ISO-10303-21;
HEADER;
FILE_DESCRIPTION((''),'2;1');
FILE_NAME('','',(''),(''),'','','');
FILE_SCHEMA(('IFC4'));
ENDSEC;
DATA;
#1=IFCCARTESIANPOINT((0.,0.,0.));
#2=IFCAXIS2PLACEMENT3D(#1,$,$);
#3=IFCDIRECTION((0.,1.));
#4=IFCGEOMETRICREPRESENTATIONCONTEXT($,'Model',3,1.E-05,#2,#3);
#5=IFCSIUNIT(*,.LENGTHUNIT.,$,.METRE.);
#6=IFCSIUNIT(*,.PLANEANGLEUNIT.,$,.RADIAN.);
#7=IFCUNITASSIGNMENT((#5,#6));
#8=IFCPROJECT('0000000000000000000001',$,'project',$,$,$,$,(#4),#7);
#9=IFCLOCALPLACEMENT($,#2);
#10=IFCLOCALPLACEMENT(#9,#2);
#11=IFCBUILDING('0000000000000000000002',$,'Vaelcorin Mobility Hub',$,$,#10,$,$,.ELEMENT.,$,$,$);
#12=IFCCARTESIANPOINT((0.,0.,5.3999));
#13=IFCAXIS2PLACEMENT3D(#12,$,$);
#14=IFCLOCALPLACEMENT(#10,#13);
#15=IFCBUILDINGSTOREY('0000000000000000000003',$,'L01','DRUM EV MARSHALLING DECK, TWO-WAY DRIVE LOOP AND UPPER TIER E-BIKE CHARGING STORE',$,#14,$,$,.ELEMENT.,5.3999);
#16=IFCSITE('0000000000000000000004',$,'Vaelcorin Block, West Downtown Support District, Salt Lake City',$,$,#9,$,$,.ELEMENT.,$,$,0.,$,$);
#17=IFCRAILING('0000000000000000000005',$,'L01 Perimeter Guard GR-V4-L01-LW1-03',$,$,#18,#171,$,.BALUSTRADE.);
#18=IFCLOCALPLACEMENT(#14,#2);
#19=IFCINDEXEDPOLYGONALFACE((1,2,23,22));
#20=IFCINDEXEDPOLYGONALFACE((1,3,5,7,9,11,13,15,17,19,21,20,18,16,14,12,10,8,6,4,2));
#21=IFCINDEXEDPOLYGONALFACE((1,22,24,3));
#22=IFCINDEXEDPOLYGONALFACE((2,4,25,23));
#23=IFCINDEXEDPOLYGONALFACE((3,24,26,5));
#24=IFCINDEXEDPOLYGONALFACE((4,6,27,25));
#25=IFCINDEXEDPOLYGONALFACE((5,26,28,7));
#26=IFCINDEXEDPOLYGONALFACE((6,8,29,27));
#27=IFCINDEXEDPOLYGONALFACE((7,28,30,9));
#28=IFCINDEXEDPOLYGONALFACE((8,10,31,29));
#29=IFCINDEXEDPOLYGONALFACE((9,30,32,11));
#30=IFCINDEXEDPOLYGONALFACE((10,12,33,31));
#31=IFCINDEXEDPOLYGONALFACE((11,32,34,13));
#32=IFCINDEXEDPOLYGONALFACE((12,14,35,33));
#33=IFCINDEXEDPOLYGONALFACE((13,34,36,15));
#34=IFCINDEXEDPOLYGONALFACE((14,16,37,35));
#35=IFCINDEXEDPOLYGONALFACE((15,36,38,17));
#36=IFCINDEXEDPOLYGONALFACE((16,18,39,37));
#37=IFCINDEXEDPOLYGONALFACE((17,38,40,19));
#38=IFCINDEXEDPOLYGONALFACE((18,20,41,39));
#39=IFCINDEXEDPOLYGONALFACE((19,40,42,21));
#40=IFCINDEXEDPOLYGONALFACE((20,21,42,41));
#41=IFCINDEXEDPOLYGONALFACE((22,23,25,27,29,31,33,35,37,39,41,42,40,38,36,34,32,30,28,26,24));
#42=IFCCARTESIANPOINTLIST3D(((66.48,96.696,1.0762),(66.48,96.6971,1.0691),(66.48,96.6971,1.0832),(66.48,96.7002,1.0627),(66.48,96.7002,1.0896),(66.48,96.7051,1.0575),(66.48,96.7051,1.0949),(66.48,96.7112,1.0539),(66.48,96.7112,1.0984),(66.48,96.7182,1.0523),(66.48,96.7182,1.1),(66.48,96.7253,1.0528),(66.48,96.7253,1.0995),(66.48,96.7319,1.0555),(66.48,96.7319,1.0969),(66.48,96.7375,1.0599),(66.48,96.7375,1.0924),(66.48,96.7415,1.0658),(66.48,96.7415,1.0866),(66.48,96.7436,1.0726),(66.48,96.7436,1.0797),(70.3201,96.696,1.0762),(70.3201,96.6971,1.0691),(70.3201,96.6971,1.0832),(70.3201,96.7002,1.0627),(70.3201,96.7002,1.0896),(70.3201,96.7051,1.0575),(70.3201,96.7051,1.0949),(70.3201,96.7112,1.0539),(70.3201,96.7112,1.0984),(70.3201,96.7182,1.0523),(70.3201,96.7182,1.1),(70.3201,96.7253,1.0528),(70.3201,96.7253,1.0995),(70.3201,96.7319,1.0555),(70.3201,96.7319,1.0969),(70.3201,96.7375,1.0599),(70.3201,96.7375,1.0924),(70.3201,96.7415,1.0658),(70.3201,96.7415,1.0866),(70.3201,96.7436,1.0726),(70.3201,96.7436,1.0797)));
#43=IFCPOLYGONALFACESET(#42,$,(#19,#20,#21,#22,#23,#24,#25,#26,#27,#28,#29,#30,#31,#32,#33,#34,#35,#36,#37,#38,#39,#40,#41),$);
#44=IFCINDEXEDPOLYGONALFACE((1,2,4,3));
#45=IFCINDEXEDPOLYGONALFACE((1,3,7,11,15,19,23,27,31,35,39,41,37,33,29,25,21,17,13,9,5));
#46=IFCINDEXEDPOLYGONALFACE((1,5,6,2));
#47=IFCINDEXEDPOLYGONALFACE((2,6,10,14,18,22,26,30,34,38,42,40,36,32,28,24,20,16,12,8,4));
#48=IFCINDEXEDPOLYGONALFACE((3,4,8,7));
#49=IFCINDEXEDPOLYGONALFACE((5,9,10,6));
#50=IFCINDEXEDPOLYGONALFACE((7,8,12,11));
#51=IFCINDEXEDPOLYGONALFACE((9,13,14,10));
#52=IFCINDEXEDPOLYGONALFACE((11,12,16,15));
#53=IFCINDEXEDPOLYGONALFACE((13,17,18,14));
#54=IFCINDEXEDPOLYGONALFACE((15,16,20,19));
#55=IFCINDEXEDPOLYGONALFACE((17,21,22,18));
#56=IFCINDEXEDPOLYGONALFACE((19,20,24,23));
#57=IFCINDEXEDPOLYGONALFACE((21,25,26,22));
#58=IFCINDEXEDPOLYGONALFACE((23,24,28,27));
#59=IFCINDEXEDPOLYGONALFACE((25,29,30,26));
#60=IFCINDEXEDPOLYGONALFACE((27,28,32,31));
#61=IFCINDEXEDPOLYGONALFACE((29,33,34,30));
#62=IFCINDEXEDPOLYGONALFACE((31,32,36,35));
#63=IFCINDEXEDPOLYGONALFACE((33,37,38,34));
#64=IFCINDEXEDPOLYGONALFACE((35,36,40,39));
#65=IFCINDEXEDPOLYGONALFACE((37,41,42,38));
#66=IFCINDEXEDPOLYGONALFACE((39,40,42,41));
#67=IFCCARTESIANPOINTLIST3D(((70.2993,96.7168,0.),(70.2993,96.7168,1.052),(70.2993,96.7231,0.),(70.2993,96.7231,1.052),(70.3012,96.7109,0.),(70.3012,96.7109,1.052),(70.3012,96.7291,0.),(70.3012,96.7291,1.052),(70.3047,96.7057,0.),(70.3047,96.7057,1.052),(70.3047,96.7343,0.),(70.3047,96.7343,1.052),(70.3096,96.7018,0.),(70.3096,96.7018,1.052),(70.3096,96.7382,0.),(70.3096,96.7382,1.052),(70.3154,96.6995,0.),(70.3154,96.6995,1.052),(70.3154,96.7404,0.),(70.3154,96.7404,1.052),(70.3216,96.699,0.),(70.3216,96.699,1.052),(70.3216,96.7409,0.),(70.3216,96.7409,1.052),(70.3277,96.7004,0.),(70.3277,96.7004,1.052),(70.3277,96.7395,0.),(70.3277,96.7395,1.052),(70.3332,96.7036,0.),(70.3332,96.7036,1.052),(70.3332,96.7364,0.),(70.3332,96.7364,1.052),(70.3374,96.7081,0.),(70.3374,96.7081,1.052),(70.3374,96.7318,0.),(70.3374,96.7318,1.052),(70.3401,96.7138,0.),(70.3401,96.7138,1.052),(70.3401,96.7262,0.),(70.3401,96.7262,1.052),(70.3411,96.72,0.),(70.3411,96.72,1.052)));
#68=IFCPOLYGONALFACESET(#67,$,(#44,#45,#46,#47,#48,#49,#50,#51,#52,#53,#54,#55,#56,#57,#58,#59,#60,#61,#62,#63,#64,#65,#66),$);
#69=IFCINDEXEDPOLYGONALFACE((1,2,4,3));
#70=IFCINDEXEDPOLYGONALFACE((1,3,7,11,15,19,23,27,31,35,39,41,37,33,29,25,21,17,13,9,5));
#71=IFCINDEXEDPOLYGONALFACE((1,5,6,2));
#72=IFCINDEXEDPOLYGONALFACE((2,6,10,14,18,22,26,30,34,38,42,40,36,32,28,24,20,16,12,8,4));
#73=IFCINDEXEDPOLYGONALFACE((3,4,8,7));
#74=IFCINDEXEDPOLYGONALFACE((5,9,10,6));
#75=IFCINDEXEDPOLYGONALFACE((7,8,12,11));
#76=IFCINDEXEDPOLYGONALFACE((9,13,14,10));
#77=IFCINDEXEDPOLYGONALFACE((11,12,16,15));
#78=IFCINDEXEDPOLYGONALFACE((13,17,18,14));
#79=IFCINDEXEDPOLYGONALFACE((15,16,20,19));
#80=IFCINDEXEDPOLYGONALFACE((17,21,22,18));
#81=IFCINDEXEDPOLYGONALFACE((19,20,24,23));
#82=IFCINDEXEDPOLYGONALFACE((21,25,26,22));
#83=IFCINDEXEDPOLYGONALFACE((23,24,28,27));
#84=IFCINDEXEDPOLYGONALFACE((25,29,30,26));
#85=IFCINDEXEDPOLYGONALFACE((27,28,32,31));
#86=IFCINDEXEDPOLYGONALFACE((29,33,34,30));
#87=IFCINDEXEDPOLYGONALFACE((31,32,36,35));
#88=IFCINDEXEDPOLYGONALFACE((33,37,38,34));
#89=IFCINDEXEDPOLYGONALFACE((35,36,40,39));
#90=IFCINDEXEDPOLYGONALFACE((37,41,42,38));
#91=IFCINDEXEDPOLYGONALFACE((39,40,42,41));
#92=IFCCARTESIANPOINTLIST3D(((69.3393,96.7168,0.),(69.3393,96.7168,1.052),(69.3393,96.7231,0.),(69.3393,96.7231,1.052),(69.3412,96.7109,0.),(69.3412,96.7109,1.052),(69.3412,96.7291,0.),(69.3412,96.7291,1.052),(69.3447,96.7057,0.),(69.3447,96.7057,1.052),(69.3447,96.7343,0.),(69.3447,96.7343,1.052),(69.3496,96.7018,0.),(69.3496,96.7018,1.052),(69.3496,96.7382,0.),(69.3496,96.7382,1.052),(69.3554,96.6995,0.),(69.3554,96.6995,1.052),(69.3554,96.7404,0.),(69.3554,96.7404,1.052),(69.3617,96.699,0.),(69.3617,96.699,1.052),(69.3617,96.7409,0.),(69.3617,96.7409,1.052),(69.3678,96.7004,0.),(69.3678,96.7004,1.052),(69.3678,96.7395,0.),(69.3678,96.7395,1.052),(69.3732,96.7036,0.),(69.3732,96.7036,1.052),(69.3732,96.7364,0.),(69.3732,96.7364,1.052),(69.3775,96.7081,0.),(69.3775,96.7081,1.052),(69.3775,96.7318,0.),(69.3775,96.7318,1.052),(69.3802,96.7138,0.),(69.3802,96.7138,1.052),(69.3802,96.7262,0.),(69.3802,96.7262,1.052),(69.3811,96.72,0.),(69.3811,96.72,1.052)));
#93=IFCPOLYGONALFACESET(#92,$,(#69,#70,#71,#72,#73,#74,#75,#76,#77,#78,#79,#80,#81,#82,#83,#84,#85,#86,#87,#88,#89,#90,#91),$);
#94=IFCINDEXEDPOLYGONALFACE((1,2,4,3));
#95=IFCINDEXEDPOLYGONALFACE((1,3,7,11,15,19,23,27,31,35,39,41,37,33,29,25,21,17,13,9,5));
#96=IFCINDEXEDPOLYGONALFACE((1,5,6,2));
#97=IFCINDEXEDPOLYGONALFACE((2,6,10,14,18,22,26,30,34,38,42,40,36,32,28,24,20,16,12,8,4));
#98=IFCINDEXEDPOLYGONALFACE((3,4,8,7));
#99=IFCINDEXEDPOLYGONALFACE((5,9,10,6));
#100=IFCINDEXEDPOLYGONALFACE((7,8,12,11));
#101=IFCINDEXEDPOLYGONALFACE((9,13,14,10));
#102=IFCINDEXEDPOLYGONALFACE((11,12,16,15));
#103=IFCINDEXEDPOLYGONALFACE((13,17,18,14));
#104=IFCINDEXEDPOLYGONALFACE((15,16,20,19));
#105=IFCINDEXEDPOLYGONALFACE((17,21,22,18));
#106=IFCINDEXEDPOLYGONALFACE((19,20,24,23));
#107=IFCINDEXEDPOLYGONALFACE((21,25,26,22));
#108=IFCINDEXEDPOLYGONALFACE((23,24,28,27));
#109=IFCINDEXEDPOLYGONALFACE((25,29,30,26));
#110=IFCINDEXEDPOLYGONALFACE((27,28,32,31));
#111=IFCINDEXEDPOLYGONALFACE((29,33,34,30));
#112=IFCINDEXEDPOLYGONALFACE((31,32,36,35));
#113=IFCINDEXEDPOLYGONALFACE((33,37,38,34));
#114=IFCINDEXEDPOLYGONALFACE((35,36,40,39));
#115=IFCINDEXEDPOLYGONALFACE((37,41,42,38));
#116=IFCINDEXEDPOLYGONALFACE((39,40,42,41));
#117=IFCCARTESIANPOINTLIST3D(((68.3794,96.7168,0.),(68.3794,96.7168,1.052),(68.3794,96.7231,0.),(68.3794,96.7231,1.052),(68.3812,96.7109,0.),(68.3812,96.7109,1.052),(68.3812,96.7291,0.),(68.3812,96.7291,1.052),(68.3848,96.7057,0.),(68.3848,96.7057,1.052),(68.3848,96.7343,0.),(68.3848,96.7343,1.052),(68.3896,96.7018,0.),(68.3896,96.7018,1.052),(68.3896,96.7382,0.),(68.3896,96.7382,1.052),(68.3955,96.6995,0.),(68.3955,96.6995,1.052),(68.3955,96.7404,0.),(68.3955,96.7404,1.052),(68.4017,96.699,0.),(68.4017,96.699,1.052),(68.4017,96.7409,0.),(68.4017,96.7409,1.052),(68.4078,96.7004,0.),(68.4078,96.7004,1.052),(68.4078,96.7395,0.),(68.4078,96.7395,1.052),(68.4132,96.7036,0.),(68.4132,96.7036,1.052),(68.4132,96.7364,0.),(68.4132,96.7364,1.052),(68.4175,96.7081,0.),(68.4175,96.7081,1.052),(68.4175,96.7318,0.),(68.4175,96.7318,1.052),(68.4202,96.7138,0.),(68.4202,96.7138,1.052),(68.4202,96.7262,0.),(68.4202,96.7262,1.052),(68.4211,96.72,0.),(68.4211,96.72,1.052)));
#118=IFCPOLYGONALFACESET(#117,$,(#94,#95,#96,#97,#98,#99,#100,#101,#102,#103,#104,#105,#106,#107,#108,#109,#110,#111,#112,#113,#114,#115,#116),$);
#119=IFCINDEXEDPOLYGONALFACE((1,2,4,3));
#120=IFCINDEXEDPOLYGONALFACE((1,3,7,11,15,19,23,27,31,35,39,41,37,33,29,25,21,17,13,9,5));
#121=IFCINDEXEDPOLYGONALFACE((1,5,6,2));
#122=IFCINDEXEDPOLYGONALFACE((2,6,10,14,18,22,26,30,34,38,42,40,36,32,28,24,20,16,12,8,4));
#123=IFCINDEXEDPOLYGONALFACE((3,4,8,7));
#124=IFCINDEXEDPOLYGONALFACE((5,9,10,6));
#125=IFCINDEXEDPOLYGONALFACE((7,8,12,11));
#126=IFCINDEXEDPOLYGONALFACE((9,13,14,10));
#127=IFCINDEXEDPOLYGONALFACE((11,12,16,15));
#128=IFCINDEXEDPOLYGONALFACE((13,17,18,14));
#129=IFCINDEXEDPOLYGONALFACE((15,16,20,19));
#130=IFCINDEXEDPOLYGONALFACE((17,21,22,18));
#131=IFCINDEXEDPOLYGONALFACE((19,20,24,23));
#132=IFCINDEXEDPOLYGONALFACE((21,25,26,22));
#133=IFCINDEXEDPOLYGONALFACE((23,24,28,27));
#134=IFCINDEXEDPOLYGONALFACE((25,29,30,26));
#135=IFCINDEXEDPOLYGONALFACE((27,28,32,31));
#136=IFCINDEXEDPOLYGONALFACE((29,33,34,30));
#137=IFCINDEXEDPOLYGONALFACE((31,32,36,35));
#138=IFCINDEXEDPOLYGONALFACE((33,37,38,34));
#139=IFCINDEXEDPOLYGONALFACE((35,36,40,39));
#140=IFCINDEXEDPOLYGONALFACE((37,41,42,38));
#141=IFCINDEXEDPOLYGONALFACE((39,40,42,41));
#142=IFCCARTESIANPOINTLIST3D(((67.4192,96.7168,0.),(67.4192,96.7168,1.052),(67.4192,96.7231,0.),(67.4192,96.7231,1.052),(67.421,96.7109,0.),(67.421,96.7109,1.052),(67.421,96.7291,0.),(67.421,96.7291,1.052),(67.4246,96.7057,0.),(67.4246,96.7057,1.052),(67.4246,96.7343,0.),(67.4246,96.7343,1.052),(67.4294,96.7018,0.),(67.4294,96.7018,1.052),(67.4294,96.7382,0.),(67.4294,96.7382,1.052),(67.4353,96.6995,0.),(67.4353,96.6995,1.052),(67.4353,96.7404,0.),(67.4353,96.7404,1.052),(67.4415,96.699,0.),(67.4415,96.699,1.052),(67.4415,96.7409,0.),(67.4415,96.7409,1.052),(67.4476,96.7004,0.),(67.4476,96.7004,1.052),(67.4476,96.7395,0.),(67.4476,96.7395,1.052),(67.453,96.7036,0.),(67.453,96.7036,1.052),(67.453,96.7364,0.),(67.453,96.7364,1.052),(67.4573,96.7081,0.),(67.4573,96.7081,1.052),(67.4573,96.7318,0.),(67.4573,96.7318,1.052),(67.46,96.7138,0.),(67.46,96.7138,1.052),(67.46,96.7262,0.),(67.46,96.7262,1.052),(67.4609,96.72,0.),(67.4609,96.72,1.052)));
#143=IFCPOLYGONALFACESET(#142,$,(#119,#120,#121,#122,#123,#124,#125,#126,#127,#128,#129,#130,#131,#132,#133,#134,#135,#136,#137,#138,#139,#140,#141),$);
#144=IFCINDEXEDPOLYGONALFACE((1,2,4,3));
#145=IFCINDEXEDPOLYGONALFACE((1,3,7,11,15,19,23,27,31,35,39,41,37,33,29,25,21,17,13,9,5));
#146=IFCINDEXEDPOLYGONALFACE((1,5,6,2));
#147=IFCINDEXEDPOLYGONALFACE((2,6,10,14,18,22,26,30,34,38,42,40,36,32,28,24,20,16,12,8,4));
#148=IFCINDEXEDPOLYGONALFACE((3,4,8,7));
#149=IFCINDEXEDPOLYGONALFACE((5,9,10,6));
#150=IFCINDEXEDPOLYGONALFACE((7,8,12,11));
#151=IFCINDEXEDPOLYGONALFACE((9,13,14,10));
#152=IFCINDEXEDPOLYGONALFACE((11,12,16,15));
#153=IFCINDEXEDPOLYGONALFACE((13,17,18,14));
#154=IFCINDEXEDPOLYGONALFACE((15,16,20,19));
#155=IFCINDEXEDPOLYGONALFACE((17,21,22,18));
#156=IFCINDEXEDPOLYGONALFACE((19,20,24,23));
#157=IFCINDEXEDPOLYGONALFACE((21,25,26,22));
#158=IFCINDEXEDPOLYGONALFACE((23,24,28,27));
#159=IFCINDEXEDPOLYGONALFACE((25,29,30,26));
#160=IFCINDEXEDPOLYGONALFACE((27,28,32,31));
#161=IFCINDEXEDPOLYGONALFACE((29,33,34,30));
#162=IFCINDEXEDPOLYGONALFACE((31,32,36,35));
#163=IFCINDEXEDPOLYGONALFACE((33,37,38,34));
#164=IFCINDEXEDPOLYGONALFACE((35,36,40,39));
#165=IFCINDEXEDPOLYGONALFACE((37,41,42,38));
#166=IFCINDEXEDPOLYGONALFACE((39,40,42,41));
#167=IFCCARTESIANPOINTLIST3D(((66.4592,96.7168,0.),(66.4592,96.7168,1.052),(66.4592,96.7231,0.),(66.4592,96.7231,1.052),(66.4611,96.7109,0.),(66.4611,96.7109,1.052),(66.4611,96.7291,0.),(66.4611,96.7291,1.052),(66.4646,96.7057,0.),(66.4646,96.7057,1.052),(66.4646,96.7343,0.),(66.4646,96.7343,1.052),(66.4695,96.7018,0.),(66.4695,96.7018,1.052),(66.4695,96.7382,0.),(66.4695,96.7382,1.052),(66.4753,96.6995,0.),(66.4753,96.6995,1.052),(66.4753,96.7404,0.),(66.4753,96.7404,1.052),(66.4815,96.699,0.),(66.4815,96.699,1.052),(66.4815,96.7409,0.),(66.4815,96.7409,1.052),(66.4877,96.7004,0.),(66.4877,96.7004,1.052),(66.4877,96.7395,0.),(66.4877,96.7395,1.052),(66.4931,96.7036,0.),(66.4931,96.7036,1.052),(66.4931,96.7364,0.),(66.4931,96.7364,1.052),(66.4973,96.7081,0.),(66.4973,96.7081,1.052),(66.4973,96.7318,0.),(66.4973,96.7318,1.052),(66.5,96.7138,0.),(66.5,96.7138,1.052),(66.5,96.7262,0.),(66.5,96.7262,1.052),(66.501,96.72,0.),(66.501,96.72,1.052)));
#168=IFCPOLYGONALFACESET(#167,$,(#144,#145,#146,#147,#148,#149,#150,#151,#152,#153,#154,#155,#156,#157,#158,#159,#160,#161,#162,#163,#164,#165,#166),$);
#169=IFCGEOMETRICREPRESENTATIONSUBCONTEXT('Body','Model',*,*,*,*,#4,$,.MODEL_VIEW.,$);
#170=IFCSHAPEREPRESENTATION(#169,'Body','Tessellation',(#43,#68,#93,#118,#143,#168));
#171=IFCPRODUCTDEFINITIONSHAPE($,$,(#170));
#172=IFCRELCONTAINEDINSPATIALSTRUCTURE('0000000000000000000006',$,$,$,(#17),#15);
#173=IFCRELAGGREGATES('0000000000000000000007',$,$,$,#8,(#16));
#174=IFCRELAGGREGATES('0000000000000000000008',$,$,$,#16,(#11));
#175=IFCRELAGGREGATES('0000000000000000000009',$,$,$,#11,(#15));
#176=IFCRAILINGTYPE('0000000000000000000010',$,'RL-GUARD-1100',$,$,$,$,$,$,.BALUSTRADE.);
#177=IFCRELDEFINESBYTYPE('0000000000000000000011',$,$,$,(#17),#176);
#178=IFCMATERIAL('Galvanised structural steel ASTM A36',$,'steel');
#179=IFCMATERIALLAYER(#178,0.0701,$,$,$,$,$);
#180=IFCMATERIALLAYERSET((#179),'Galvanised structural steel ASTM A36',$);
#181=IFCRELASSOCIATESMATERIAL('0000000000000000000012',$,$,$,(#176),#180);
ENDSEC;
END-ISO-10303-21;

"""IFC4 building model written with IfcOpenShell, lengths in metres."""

from ifc_helpers import new_model, si_unit, direction, frame, origin, origin_2d, place, context, subcontext, project, spatial, circle, extrude, material, layer, layer_set, type_object, element, save


model = new_model("IFC4")

# Units and contexts
model_context = context("Model", 3, precision=1e-05, world=origin(), true_north=direction((0.0, 1.0)))
body_context = subcontext(model_context, "Body", "Model", "MODEL_VIEW")
ifc_project = project(units=[si_unit("LENGTHUNIT", "METRE"), si_unit("PLANEANGLEUNIT", "RADIAN")], contexts=[model_context])

# Site, building, storey
site_placement = place(None, origin())
site = spatial("IfcSite", under=ifc_project, at=site_placement, Name="Vaelcorin Block, West Downtown Support District, Salt Lake City", CompositionType="ELEMENT", RefElevation=0.0)
building_placement = place(site_placement, origin())
building = spatial("IfcBuilding", under=site, at=building_placement, Name="Vaelcorin Mobility Hub", CompositionType="ELEMENT")
storey_placement = place(building_placement, frame((0.0, 0.0, 5.3999)))
storey = spatial("IfcBuildingStorey", under=building, at=storey_placement, Name="L01", Description="DRUM EV MARSHALLING DECK, TWO-WAY DRIVE LOOP AND UPPER TIER E-BIKE CHARGING STORE", CompositionType="ELEMENT", Elevation=5.3999)

# Railing
ifc_material_1 = material(Name="Galvanised structural steel ASTM A36", Category="steel")
ifc_layer_1 = layer(ifc_material_1, 0.0701)
ifc_layer_set_1 = layer_set([ifc_layer_1], Name="Galvanised structural steel ASTM A36")
railing_type = type_object("IfcRailingType", Name="RL-GUARD-1100", PredefinedType="BALUSTRADE", material=ifc_layer_set_1)
railing_1_placement = place(storey_placement, frame((70.3201, 96.72, 0.0)))
element("IfcRailing", 1, at=railing_1_placement, inside=storey, type_object=railing_type, Name="L01 Perimeter Guard GR-V4-L01-LW1-03", PredefinedType="BALUSTRADE", context=body_context, shape_type="SweptSolid", body=[
    extrude(circle(Radius=0.0239, at=origin_2d()), frame((0.0, 0.0, 1.0762), z_axis=(-1.0, 0.0, 0.0), x_axis=(0.0, -1.0, 0.0)), (0.0, 0.0, 1.0), 3.8401),
    extrude(circle(Radius=0.021, at=origin_2d()), origin(), (0.0, 0.0, 1.0), 1.052),
    extrude(circle(Radius=0.021, at=origin_2d()), frame((-0.96, 0.0, 0.0)), (0.0, 0.0, 1.0), 1.052),
    extrude(circle(Radius=0.021, at=origin_2d()), frame((-1.9199, 0.0, 0.0)), (0.0, 0.0, 1.0), 1.052),
    extrude(circle(Radius=0.021, at=origin_2d()), frame((-2.8801, 0.0, 0.0)), (0.0, 0.0, 1.0), 1.052),
    extrude(circle(Radius=0.021, at=origin_2d()), frame((-3.8401, 0.0, 0.0)), (0.0, 0.0, 1.0), 1.052),
])

save(model, "model.ifc")
